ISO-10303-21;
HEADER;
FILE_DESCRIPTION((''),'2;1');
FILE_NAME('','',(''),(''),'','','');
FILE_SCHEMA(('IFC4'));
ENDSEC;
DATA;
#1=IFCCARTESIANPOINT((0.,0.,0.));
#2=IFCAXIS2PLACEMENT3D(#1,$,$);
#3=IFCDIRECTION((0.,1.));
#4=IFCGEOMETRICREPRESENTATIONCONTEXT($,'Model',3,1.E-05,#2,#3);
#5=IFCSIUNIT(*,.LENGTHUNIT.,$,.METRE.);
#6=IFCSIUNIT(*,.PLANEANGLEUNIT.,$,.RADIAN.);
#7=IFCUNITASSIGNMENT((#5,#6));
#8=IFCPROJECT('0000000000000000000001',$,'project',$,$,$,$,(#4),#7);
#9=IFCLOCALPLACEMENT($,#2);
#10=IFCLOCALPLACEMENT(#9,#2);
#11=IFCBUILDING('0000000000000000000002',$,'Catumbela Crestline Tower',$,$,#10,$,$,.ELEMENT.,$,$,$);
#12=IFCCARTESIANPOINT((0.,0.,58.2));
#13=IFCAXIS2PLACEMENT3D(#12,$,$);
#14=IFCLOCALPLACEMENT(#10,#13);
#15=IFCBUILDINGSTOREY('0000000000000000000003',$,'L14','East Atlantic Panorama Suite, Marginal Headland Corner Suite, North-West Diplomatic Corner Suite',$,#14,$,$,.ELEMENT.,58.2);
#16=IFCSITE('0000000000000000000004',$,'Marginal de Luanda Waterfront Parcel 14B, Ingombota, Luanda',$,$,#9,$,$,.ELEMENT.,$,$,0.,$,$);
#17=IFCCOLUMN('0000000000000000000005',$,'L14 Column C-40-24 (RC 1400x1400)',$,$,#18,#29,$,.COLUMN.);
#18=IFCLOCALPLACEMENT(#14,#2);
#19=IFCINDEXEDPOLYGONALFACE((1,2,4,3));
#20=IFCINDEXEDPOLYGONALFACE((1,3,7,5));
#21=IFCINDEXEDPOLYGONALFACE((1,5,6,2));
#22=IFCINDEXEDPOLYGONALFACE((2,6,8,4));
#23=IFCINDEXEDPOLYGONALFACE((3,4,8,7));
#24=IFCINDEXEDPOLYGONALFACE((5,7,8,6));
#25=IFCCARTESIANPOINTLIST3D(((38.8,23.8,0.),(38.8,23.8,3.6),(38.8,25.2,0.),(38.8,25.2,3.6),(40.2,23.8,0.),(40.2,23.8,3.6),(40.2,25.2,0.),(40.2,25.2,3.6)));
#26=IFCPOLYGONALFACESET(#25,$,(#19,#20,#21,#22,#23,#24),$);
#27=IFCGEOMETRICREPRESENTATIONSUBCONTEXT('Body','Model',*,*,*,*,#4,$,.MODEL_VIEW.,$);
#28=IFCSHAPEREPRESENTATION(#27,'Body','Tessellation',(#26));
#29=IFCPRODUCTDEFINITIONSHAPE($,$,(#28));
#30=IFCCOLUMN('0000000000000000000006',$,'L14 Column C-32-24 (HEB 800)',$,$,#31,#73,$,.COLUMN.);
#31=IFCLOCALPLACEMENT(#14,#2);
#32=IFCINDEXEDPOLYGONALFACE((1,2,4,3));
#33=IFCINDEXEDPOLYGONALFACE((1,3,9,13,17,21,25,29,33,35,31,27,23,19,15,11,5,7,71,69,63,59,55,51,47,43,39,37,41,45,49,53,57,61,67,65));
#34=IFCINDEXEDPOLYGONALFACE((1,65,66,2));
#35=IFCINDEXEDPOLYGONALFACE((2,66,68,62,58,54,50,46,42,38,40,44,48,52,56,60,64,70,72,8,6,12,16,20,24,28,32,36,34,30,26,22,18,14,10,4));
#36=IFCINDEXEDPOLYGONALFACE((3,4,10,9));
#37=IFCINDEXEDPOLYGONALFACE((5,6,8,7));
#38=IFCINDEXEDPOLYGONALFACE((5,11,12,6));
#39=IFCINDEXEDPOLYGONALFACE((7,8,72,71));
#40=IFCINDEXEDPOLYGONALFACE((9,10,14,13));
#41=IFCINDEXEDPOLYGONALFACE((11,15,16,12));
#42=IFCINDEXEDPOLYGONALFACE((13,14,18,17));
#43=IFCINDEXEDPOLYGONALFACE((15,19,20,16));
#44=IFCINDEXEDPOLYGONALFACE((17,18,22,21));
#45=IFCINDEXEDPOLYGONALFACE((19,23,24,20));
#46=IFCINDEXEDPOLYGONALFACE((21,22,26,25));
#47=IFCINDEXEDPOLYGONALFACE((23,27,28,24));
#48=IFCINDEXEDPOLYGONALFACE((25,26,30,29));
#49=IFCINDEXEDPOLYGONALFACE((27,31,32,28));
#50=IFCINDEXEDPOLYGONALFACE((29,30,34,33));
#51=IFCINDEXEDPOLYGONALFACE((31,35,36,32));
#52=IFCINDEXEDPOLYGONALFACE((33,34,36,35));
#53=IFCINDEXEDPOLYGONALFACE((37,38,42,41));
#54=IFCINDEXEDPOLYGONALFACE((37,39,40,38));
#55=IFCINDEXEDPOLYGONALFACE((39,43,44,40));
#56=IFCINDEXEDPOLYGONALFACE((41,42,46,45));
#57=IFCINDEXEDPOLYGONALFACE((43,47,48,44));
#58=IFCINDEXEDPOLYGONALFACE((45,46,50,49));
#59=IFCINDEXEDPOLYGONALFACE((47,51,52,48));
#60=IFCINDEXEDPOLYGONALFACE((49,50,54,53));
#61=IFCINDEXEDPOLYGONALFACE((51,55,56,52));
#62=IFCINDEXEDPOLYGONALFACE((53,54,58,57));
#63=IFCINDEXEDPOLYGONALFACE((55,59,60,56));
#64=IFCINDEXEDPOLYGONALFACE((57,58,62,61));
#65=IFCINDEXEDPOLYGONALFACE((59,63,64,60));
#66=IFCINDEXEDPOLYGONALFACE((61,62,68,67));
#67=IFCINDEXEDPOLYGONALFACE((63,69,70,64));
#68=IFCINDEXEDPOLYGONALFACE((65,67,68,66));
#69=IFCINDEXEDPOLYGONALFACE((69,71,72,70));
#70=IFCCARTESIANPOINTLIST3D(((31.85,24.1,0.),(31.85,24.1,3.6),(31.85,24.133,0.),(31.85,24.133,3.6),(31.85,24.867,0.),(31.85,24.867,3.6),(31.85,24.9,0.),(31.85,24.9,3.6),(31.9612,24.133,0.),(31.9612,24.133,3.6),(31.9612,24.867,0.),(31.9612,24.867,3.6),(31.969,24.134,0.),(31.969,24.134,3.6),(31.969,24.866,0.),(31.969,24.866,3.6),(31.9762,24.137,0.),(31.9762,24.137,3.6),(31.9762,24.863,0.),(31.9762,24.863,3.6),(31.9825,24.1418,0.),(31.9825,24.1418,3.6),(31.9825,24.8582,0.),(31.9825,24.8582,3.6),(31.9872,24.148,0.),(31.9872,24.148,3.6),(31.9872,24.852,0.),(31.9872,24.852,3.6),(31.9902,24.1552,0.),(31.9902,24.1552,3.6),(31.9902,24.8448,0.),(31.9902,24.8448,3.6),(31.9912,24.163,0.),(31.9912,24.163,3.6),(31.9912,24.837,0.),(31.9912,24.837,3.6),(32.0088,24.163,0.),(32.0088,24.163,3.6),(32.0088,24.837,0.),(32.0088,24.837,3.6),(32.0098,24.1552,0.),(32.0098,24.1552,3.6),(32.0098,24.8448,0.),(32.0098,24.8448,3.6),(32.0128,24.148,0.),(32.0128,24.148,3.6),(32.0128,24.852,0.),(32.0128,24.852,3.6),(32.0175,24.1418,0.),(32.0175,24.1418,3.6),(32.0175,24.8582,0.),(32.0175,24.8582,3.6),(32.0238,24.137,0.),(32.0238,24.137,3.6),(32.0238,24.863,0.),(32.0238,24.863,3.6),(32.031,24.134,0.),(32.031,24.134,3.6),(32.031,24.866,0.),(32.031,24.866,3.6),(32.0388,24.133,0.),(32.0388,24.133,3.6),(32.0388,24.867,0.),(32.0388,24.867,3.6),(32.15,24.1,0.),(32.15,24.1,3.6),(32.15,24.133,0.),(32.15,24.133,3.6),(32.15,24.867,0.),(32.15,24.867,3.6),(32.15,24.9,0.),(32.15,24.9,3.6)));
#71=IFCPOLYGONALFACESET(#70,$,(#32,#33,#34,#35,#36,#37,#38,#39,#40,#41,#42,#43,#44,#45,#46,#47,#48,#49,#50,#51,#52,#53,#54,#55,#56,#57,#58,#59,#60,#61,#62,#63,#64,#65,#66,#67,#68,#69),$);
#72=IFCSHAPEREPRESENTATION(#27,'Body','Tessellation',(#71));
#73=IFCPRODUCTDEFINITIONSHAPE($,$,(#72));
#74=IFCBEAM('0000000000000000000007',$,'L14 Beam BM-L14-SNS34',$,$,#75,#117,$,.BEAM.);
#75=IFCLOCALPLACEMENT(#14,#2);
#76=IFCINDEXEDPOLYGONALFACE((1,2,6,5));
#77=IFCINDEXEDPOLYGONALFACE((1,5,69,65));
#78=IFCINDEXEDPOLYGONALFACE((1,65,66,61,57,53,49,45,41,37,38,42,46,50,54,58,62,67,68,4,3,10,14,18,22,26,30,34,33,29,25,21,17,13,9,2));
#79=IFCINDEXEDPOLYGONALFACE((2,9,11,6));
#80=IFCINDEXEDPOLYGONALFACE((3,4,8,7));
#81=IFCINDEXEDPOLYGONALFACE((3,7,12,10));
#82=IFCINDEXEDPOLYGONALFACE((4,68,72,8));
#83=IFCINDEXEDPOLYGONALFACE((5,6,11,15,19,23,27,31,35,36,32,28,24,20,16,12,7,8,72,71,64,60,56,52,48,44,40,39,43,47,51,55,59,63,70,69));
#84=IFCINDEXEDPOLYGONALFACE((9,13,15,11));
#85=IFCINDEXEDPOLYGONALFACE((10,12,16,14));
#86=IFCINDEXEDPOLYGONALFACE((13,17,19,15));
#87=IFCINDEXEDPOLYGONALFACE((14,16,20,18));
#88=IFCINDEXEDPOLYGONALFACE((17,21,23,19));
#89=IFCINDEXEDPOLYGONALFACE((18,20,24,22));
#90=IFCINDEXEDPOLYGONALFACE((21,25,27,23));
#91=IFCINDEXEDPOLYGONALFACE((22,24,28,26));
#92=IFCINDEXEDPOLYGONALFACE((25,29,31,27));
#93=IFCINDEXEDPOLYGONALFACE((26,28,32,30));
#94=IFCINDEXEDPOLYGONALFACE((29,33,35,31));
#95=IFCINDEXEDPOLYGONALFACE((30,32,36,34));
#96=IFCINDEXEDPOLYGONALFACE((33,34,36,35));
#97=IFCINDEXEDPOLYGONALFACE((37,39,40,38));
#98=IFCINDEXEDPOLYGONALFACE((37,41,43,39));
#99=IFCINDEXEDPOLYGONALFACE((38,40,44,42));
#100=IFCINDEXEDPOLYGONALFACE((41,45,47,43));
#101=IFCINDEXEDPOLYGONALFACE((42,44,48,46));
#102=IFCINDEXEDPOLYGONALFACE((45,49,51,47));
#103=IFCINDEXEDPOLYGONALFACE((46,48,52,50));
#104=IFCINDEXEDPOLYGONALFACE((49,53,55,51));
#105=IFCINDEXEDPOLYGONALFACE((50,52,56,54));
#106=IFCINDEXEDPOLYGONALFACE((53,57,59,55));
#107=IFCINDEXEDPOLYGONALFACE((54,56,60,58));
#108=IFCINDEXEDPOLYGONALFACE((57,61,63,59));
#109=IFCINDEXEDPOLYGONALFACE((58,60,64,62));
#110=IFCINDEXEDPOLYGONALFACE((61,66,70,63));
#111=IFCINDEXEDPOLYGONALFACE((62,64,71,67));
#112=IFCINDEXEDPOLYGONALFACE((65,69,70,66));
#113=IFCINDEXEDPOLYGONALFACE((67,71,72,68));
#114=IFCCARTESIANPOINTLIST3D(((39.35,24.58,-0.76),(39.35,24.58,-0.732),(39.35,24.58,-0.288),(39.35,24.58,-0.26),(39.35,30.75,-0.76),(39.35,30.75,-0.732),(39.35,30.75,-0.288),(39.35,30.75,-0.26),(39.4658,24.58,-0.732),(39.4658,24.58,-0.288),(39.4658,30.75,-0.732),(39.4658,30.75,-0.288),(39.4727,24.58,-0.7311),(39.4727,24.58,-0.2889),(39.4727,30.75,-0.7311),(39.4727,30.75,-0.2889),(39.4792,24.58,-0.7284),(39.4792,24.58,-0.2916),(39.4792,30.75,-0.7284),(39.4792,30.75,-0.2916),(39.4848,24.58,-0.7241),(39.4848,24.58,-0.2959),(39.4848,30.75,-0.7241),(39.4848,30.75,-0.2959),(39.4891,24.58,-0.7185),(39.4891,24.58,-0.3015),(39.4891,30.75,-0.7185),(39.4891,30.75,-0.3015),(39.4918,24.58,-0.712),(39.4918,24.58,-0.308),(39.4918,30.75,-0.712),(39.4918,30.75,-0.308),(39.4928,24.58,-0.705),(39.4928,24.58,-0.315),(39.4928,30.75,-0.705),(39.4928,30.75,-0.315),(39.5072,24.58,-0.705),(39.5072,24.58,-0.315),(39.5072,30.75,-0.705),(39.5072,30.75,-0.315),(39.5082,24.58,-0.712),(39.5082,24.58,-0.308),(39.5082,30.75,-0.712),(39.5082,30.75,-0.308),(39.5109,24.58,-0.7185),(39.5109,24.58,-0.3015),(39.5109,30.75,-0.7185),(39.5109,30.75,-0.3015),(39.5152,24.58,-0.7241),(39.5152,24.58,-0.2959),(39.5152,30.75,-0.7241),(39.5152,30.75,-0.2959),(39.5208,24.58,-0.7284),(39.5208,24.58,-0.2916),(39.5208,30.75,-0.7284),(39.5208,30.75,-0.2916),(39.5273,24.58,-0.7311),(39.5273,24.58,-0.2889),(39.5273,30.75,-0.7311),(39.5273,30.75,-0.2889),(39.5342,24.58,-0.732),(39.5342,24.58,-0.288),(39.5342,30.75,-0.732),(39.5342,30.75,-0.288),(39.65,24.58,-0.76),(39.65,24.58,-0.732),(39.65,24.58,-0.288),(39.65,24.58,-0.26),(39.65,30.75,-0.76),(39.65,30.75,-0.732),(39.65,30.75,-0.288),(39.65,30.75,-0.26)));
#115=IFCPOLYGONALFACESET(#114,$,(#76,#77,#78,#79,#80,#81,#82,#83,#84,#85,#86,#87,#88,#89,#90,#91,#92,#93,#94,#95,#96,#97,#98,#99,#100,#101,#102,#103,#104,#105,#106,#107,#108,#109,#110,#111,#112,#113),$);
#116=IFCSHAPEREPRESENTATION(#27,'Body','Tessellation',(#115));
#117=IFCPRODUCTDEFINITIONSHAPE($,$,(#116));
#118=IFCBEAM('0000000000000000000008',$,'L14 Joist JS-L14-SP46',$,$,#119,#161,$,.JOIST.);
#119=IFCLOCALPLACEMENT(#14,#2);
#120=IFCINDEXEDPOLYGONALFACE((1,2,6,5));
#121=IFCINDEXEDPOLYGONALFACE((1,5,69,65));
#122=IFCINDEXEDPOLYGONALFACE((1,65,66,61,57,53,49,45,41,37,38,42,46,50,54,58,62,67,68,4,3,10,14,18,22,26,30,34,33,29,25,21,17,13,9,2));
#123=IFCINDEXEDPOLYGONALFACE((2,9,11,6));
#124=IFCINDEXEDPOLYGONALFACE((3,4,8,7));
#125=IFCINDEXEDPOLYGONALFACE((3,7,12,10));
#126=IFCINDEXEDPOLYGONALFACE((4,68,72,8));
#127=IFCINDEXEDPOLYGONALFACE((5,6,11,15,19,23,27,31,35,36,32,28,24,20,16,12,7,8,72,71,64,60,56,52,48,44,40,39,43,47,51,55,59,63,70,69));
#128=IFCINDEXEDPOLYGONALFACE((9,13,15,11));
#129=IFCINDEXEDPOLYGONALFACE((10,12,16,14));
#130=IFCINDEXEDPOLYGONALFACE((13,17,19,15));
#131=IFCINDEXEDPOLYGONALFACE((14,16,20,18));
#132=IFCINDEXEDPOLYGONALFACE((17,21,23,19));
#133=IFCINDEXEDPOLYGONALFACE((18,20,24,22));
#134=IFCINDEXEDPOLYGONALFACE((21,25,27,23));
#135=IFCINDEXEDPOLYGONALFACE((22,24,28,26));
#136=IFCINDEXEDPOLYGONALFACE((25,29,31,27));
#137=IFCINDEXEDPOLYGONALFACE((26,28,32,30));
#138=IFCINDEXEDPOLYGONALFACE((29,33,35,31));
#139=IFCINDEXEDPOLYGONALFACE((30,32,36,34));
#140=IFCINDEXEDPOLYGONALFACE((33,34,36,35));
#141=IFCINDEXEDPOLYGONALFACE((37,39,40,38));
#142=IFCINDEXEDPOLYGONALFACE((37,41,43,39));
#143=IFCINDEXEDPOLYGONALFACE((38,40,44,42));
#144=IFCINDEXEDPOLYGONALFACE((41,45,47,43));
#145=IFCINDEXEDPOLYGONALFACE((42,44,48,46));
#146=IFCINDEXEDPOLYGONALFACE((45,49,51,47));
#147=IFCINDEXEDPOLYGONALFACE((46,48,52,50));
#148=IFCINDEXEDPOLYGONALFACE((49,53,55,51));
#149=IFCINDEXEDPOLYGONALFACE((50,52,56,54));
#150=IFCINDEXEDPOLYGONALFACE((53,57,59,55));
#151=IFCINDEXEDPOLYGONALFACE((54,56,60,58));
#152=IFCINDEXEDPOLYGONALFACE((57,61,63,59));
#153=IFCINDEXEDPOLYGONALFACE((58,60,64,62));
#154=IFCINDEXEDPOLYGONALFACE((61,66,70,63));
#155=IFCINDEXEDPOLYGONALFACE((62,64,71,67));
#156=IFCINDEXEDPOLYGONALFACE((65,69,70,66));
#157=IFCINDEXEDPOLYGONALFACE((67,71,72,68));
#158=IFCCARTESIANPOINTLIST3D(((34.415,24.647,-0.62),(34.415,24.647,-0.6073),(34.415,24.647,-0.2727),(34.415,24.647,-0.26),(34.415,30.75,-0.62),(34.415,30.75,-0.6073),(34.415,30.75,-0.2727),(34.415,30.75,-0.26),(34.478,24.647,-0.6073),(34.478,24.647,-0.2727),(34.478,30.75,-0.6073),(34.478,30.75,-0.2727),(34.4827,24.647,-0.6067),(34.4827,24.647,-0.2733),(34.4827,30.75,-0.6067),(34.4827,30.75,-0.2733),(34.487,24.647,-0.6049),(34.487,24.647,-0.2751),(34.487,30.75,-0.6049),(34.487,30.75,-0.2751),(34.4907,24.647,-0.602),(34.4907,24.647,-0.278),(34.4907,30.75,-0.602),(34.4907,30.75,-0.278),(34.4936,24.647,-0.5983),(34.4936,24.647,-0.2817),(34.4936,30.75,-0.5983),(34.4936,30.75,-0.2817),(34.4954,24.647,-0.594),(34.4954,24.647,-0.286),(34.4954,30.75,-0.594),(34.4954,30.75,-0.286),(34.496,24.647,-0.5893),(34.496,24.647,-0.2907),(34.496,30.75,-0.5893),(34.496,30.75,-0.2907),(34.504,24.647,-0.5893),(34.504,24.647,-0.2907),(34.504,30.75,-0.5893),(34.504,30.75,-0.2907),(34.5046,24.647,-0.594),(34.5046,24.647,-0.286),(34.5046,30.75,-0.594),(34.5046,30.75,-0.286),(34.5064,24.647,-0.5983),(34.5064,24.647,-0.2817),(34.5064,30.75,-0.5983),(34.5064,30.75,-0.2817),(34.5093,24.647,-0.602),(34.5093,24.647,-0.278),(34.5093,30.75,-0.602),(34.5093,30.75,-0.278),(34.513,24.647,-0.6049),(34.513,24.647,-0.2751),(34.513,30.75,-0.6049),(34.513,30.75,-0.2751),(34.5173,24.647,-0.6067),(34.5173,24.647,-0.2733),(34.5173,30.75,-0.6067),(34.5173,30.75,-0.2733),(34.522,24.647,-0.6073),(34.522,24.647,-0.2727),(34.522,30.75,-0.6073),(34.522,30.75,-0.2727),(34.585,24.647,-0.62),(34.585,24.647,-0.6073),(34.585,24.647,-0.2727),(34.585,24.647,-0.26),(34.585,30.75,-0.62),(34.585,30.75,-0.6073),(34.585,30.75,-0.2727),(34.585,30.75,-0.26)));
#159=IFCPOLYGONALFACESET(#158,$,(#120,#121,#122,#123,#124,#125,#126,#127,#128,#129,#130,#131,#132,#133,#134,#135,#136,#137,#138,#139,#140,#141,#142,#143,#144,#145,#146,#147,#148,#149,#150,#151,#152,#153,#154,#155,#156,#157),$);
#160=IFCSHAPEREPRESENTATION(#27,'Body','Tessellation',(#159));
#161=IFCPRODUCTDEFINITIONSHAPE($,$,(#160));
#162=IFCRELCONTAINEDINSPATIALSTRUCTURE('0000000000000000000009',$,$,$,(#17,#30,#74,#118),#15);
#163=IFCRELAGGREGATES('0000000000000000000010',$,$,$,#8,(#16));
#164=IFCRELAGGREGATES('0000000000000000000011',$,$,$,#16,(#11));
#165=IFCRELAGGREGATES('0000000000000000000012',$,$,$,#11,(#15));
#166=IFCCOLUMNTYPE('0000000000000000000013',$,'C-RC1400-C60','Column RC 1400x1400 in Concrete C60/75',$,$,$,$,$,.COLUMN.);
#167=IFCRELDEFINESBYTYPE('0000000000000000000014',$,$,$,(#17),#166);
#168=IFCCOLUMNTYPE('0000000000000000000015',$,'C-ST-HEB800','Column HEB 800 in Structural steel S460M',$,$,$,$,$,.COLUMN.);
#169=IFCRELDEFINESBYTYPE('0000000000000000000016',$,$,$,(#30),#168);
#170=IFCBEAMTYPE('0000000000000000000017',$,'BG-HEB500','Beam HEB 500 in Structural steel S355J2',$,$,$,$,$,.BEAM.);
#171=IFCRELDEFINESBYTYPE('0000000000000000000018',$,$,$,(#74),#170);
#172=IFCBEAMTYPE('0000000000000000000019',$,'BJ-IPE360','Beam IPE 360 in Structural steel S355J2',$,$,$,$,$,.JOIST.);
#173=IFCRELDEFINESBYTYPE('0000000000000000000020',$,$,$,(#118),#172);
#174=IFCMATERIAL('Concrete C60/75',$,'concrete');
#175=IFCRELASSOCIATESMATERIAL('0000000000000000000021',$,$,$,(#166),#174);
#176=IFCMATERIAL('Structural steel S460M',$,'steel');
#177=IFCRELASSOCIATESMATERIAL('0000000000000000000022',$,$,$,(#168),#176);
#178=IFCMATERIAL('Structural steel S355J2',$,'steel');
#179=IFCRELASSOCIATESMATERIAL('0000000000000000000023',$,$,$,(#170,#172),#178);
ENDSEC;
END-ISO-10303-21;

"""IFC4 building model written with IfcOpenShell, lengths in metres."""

from ifc_helpers import new_model, si_unit, direction, frame, origin, origin_2d, place, context, subcontext, project, spatial, rectangle, i_section, extrude, material, material_profile, profile_set, type_object, element, save


model = new_model("IFC4")

# Units and contexts
model_context = context("Model", 3, precision=1e-05, world=origin(), true_north=direction((0.0, 1.0)))
body_context = subcontext(model_context, "Body", "Model", "MODEL_VIEW")
ifc_project = project(units=[si_unit("LENGTHUNIT", "METRE"), si_unit("PLANEANGLEUNIT", "RADIAN")], contexts=[model_context])

# Site, building, storey
site_placement = place(None, origin())
site = spatial("IfcSite", under=ifc_project, at=site_placement, Name="Marginal de Luanda Waterfront Parcel 14B, Ingombota, Luanda", CompositionType="ELEMENT", RefElevation=0.0)
building_placement = place(site_placement, origin())
building = spatial("IfcBuilding", under=site, at=building_placement, Name="Catumbela Crestline Tower", CompositionType="ELEMENT")
storey_placement = place(building_placement, frame((0.0, 0.0, 58.2)))
storey = spatial("IfcBuildingStorey", under=building, at=storey_placement, Name="L14", Description="East Atlantic Panorama Suite, Marginal Headland Corner Suite, North-West Diplomatic Corner Suite", CompositionType="ELEMENT", Elevation=58.2)

# Columns
ifc_material_1 = material(Name="Concrete C60/75", Category="concrete")
ifc_material_profile_1 = material_profile(ifc_material_1, rectangle(XDim=1.4, YDim=1.4, at=origin_2d()), Name="RC 1400x1400")
ifc_profile_set_1 = profile_set([ifc_material_profile_1], Name="Concrete C60/75")
column_type_1 = type_object("IfcColumnType", Name="C-RC1400-C60", Description="Column RC 1400x1400 in Concrete C60/75", PredefinedType="COLUMN", material=ifc_profile_set_1)
column_1_placement = place(storey_placement, frame((39.5, 24.5, 0.0), z_axis=(0.0, 0.0, 1.0), x_axis=(1.0, 0.0, 0.0)))
element("IfcColumn", 1, at=column_1_placement, inside=storey, type_object=column_type_1, Name="L14 Column C-40-24 (RC 1400x1400)", PredefinedType="COLUMN", context=body_context, shape_type="SweptSolid", body=[
    extrude(rectangle(XDim=1.4, YDim=1.4, at=origin_2d()), origin(), (0.0, 0.0, 1.0), 3.6),
])
ifc_material_2 = material(Name="Structural steel S460M", Category="steel")
ifc_material_profile_2 = material_profile(ifc_material_2, i_section(OverallWidth=0.3, OverallDepth=0.8, WebThickness=0.0175, FlangeThickness=0.033, FilletRadius=0.03, at=origin_2d()), Name="HEB 800")
ifc_profile_set_2 = profile_set([ifc_material_profile_2], Name="Structural steel S460M")
column_type_2 = type_object("IfcColumnType", Name="C-ST-HEB800", Description="Column HEB 800 in Structural steel S460M", PredefinedType="COLUMN", material=ifc_profile_set_2)
column_2_placement = place(storey_placement, frame((32.0, 24.5, 0.0), z_axis=(0.0, 0.0, 1.0), x_axis=(1.0, 0.0, 0.0)))
element("IfcColumn", 2, at=column_2_placement, inside=storey, type_object=column_type_2, Name="L14 Column C-32-24 (HEB 800)", PredefinedType="COLUMN", context=body_context, shape_type="SweptSolid", body=[
    extrude(i_section(OverallWidth=0.3, OverallDepth=0.8, WebThickness=0.0175, FlangeThickness=0.033, FilletRadius=0.03, at=origin_2d()), origin(), (0.0, 0.0, 1.0), 3.6),
])

# Beams
ifc_material_3 = material(Name="Structural steel S355J2", Category="steel")
ifc_material_profile_3 = material_profile(ifc_material_3, i_section(OverallWidth=0.3, OverallDepth=0.5, WebThickness=0.0145, FlangeThickness=0.028, FilletRadius=0.027, at=origin_2d()), Name="HEB 500")
ifc_profile_set_3 = profile_set([ifc_material_profile_3], Name="Structural steel S355J2")
beam_type_1 = type_object("IfcBeamType", Name="BG-HEB500", Description="Beam HEB 500 in Structural steel S355J2", PredefinedType="BEAM", material=ifc_profile_set_3)
beam_1_placement = place(storey_placement, frame((39.5, 24.58, -0.51), z_axis=(0.0, 1.0, 0.0), x_axis=(-1.0, 0.0, 0.0)))
element("IfcBeam", 3, at=beam_1_placement, inside=storey, type_object=beam_type_1, Name="L14 Beam BM-L14-SNS34", PredefinedType="BEAM", context=body_context, shape_type="SweptSolid", body=[
    extrude(i_section(OverallWidth=0.3, OverallDepth=0.5, WebThickness=0.0145, FlangeThickness=0.028, FilletRadius=0.027, at=origin_2d()), origin(), (0.0, 0.0, 1.0), 6.17),
])
ifc_material_profile_4 = material_profile(ifc_material_3, i_section(OverallWidth=0.17, OverallDepth=0.36, WebThickness=0.008, FlangeThickness=0.0127, FilletRadius=0.018, at=origin_2d()), Name="IPE 360")
ifc_profile_set_4 = profile_set([ifc_material_profile_4], Name="Structural steel S355J2")
beam_type_2 = type_object("IfcBeamType", Name="BJ-IPE360", Description="Beam IPE 360 in Structural steel S355J2", PredefinedType="JOIST", material=ifc_profile_set_4)
for number, where, z_axis, x_axis, name in (
    (4, (34.5, 24.647, -0.44), (0.0, 1.0, 0.0), (-1.0, 0.0, 0.0), "L14 Joist JS-L14-SP46"),
):
    element("IfcBeam", number, at=place(storey_placement, frame(where, z_axis=z_axis, x_axis=x_axis)), inside=storey, type_object=beam_type_2, Name=name, PredefinedType="JOIST", context=body_context, shape_type="SweptSolid", body=[
        extrude(i_section(OverallWidth=0.17, OverallDepth=0.36, WebThickness=0.008, FlangeThickness=0.0127, FilletRadius=0.018, at=origin_2d()), origin(), (0.0, 0.0, 1.0), 6.103),
    ])

save(model, "model.ifc")
